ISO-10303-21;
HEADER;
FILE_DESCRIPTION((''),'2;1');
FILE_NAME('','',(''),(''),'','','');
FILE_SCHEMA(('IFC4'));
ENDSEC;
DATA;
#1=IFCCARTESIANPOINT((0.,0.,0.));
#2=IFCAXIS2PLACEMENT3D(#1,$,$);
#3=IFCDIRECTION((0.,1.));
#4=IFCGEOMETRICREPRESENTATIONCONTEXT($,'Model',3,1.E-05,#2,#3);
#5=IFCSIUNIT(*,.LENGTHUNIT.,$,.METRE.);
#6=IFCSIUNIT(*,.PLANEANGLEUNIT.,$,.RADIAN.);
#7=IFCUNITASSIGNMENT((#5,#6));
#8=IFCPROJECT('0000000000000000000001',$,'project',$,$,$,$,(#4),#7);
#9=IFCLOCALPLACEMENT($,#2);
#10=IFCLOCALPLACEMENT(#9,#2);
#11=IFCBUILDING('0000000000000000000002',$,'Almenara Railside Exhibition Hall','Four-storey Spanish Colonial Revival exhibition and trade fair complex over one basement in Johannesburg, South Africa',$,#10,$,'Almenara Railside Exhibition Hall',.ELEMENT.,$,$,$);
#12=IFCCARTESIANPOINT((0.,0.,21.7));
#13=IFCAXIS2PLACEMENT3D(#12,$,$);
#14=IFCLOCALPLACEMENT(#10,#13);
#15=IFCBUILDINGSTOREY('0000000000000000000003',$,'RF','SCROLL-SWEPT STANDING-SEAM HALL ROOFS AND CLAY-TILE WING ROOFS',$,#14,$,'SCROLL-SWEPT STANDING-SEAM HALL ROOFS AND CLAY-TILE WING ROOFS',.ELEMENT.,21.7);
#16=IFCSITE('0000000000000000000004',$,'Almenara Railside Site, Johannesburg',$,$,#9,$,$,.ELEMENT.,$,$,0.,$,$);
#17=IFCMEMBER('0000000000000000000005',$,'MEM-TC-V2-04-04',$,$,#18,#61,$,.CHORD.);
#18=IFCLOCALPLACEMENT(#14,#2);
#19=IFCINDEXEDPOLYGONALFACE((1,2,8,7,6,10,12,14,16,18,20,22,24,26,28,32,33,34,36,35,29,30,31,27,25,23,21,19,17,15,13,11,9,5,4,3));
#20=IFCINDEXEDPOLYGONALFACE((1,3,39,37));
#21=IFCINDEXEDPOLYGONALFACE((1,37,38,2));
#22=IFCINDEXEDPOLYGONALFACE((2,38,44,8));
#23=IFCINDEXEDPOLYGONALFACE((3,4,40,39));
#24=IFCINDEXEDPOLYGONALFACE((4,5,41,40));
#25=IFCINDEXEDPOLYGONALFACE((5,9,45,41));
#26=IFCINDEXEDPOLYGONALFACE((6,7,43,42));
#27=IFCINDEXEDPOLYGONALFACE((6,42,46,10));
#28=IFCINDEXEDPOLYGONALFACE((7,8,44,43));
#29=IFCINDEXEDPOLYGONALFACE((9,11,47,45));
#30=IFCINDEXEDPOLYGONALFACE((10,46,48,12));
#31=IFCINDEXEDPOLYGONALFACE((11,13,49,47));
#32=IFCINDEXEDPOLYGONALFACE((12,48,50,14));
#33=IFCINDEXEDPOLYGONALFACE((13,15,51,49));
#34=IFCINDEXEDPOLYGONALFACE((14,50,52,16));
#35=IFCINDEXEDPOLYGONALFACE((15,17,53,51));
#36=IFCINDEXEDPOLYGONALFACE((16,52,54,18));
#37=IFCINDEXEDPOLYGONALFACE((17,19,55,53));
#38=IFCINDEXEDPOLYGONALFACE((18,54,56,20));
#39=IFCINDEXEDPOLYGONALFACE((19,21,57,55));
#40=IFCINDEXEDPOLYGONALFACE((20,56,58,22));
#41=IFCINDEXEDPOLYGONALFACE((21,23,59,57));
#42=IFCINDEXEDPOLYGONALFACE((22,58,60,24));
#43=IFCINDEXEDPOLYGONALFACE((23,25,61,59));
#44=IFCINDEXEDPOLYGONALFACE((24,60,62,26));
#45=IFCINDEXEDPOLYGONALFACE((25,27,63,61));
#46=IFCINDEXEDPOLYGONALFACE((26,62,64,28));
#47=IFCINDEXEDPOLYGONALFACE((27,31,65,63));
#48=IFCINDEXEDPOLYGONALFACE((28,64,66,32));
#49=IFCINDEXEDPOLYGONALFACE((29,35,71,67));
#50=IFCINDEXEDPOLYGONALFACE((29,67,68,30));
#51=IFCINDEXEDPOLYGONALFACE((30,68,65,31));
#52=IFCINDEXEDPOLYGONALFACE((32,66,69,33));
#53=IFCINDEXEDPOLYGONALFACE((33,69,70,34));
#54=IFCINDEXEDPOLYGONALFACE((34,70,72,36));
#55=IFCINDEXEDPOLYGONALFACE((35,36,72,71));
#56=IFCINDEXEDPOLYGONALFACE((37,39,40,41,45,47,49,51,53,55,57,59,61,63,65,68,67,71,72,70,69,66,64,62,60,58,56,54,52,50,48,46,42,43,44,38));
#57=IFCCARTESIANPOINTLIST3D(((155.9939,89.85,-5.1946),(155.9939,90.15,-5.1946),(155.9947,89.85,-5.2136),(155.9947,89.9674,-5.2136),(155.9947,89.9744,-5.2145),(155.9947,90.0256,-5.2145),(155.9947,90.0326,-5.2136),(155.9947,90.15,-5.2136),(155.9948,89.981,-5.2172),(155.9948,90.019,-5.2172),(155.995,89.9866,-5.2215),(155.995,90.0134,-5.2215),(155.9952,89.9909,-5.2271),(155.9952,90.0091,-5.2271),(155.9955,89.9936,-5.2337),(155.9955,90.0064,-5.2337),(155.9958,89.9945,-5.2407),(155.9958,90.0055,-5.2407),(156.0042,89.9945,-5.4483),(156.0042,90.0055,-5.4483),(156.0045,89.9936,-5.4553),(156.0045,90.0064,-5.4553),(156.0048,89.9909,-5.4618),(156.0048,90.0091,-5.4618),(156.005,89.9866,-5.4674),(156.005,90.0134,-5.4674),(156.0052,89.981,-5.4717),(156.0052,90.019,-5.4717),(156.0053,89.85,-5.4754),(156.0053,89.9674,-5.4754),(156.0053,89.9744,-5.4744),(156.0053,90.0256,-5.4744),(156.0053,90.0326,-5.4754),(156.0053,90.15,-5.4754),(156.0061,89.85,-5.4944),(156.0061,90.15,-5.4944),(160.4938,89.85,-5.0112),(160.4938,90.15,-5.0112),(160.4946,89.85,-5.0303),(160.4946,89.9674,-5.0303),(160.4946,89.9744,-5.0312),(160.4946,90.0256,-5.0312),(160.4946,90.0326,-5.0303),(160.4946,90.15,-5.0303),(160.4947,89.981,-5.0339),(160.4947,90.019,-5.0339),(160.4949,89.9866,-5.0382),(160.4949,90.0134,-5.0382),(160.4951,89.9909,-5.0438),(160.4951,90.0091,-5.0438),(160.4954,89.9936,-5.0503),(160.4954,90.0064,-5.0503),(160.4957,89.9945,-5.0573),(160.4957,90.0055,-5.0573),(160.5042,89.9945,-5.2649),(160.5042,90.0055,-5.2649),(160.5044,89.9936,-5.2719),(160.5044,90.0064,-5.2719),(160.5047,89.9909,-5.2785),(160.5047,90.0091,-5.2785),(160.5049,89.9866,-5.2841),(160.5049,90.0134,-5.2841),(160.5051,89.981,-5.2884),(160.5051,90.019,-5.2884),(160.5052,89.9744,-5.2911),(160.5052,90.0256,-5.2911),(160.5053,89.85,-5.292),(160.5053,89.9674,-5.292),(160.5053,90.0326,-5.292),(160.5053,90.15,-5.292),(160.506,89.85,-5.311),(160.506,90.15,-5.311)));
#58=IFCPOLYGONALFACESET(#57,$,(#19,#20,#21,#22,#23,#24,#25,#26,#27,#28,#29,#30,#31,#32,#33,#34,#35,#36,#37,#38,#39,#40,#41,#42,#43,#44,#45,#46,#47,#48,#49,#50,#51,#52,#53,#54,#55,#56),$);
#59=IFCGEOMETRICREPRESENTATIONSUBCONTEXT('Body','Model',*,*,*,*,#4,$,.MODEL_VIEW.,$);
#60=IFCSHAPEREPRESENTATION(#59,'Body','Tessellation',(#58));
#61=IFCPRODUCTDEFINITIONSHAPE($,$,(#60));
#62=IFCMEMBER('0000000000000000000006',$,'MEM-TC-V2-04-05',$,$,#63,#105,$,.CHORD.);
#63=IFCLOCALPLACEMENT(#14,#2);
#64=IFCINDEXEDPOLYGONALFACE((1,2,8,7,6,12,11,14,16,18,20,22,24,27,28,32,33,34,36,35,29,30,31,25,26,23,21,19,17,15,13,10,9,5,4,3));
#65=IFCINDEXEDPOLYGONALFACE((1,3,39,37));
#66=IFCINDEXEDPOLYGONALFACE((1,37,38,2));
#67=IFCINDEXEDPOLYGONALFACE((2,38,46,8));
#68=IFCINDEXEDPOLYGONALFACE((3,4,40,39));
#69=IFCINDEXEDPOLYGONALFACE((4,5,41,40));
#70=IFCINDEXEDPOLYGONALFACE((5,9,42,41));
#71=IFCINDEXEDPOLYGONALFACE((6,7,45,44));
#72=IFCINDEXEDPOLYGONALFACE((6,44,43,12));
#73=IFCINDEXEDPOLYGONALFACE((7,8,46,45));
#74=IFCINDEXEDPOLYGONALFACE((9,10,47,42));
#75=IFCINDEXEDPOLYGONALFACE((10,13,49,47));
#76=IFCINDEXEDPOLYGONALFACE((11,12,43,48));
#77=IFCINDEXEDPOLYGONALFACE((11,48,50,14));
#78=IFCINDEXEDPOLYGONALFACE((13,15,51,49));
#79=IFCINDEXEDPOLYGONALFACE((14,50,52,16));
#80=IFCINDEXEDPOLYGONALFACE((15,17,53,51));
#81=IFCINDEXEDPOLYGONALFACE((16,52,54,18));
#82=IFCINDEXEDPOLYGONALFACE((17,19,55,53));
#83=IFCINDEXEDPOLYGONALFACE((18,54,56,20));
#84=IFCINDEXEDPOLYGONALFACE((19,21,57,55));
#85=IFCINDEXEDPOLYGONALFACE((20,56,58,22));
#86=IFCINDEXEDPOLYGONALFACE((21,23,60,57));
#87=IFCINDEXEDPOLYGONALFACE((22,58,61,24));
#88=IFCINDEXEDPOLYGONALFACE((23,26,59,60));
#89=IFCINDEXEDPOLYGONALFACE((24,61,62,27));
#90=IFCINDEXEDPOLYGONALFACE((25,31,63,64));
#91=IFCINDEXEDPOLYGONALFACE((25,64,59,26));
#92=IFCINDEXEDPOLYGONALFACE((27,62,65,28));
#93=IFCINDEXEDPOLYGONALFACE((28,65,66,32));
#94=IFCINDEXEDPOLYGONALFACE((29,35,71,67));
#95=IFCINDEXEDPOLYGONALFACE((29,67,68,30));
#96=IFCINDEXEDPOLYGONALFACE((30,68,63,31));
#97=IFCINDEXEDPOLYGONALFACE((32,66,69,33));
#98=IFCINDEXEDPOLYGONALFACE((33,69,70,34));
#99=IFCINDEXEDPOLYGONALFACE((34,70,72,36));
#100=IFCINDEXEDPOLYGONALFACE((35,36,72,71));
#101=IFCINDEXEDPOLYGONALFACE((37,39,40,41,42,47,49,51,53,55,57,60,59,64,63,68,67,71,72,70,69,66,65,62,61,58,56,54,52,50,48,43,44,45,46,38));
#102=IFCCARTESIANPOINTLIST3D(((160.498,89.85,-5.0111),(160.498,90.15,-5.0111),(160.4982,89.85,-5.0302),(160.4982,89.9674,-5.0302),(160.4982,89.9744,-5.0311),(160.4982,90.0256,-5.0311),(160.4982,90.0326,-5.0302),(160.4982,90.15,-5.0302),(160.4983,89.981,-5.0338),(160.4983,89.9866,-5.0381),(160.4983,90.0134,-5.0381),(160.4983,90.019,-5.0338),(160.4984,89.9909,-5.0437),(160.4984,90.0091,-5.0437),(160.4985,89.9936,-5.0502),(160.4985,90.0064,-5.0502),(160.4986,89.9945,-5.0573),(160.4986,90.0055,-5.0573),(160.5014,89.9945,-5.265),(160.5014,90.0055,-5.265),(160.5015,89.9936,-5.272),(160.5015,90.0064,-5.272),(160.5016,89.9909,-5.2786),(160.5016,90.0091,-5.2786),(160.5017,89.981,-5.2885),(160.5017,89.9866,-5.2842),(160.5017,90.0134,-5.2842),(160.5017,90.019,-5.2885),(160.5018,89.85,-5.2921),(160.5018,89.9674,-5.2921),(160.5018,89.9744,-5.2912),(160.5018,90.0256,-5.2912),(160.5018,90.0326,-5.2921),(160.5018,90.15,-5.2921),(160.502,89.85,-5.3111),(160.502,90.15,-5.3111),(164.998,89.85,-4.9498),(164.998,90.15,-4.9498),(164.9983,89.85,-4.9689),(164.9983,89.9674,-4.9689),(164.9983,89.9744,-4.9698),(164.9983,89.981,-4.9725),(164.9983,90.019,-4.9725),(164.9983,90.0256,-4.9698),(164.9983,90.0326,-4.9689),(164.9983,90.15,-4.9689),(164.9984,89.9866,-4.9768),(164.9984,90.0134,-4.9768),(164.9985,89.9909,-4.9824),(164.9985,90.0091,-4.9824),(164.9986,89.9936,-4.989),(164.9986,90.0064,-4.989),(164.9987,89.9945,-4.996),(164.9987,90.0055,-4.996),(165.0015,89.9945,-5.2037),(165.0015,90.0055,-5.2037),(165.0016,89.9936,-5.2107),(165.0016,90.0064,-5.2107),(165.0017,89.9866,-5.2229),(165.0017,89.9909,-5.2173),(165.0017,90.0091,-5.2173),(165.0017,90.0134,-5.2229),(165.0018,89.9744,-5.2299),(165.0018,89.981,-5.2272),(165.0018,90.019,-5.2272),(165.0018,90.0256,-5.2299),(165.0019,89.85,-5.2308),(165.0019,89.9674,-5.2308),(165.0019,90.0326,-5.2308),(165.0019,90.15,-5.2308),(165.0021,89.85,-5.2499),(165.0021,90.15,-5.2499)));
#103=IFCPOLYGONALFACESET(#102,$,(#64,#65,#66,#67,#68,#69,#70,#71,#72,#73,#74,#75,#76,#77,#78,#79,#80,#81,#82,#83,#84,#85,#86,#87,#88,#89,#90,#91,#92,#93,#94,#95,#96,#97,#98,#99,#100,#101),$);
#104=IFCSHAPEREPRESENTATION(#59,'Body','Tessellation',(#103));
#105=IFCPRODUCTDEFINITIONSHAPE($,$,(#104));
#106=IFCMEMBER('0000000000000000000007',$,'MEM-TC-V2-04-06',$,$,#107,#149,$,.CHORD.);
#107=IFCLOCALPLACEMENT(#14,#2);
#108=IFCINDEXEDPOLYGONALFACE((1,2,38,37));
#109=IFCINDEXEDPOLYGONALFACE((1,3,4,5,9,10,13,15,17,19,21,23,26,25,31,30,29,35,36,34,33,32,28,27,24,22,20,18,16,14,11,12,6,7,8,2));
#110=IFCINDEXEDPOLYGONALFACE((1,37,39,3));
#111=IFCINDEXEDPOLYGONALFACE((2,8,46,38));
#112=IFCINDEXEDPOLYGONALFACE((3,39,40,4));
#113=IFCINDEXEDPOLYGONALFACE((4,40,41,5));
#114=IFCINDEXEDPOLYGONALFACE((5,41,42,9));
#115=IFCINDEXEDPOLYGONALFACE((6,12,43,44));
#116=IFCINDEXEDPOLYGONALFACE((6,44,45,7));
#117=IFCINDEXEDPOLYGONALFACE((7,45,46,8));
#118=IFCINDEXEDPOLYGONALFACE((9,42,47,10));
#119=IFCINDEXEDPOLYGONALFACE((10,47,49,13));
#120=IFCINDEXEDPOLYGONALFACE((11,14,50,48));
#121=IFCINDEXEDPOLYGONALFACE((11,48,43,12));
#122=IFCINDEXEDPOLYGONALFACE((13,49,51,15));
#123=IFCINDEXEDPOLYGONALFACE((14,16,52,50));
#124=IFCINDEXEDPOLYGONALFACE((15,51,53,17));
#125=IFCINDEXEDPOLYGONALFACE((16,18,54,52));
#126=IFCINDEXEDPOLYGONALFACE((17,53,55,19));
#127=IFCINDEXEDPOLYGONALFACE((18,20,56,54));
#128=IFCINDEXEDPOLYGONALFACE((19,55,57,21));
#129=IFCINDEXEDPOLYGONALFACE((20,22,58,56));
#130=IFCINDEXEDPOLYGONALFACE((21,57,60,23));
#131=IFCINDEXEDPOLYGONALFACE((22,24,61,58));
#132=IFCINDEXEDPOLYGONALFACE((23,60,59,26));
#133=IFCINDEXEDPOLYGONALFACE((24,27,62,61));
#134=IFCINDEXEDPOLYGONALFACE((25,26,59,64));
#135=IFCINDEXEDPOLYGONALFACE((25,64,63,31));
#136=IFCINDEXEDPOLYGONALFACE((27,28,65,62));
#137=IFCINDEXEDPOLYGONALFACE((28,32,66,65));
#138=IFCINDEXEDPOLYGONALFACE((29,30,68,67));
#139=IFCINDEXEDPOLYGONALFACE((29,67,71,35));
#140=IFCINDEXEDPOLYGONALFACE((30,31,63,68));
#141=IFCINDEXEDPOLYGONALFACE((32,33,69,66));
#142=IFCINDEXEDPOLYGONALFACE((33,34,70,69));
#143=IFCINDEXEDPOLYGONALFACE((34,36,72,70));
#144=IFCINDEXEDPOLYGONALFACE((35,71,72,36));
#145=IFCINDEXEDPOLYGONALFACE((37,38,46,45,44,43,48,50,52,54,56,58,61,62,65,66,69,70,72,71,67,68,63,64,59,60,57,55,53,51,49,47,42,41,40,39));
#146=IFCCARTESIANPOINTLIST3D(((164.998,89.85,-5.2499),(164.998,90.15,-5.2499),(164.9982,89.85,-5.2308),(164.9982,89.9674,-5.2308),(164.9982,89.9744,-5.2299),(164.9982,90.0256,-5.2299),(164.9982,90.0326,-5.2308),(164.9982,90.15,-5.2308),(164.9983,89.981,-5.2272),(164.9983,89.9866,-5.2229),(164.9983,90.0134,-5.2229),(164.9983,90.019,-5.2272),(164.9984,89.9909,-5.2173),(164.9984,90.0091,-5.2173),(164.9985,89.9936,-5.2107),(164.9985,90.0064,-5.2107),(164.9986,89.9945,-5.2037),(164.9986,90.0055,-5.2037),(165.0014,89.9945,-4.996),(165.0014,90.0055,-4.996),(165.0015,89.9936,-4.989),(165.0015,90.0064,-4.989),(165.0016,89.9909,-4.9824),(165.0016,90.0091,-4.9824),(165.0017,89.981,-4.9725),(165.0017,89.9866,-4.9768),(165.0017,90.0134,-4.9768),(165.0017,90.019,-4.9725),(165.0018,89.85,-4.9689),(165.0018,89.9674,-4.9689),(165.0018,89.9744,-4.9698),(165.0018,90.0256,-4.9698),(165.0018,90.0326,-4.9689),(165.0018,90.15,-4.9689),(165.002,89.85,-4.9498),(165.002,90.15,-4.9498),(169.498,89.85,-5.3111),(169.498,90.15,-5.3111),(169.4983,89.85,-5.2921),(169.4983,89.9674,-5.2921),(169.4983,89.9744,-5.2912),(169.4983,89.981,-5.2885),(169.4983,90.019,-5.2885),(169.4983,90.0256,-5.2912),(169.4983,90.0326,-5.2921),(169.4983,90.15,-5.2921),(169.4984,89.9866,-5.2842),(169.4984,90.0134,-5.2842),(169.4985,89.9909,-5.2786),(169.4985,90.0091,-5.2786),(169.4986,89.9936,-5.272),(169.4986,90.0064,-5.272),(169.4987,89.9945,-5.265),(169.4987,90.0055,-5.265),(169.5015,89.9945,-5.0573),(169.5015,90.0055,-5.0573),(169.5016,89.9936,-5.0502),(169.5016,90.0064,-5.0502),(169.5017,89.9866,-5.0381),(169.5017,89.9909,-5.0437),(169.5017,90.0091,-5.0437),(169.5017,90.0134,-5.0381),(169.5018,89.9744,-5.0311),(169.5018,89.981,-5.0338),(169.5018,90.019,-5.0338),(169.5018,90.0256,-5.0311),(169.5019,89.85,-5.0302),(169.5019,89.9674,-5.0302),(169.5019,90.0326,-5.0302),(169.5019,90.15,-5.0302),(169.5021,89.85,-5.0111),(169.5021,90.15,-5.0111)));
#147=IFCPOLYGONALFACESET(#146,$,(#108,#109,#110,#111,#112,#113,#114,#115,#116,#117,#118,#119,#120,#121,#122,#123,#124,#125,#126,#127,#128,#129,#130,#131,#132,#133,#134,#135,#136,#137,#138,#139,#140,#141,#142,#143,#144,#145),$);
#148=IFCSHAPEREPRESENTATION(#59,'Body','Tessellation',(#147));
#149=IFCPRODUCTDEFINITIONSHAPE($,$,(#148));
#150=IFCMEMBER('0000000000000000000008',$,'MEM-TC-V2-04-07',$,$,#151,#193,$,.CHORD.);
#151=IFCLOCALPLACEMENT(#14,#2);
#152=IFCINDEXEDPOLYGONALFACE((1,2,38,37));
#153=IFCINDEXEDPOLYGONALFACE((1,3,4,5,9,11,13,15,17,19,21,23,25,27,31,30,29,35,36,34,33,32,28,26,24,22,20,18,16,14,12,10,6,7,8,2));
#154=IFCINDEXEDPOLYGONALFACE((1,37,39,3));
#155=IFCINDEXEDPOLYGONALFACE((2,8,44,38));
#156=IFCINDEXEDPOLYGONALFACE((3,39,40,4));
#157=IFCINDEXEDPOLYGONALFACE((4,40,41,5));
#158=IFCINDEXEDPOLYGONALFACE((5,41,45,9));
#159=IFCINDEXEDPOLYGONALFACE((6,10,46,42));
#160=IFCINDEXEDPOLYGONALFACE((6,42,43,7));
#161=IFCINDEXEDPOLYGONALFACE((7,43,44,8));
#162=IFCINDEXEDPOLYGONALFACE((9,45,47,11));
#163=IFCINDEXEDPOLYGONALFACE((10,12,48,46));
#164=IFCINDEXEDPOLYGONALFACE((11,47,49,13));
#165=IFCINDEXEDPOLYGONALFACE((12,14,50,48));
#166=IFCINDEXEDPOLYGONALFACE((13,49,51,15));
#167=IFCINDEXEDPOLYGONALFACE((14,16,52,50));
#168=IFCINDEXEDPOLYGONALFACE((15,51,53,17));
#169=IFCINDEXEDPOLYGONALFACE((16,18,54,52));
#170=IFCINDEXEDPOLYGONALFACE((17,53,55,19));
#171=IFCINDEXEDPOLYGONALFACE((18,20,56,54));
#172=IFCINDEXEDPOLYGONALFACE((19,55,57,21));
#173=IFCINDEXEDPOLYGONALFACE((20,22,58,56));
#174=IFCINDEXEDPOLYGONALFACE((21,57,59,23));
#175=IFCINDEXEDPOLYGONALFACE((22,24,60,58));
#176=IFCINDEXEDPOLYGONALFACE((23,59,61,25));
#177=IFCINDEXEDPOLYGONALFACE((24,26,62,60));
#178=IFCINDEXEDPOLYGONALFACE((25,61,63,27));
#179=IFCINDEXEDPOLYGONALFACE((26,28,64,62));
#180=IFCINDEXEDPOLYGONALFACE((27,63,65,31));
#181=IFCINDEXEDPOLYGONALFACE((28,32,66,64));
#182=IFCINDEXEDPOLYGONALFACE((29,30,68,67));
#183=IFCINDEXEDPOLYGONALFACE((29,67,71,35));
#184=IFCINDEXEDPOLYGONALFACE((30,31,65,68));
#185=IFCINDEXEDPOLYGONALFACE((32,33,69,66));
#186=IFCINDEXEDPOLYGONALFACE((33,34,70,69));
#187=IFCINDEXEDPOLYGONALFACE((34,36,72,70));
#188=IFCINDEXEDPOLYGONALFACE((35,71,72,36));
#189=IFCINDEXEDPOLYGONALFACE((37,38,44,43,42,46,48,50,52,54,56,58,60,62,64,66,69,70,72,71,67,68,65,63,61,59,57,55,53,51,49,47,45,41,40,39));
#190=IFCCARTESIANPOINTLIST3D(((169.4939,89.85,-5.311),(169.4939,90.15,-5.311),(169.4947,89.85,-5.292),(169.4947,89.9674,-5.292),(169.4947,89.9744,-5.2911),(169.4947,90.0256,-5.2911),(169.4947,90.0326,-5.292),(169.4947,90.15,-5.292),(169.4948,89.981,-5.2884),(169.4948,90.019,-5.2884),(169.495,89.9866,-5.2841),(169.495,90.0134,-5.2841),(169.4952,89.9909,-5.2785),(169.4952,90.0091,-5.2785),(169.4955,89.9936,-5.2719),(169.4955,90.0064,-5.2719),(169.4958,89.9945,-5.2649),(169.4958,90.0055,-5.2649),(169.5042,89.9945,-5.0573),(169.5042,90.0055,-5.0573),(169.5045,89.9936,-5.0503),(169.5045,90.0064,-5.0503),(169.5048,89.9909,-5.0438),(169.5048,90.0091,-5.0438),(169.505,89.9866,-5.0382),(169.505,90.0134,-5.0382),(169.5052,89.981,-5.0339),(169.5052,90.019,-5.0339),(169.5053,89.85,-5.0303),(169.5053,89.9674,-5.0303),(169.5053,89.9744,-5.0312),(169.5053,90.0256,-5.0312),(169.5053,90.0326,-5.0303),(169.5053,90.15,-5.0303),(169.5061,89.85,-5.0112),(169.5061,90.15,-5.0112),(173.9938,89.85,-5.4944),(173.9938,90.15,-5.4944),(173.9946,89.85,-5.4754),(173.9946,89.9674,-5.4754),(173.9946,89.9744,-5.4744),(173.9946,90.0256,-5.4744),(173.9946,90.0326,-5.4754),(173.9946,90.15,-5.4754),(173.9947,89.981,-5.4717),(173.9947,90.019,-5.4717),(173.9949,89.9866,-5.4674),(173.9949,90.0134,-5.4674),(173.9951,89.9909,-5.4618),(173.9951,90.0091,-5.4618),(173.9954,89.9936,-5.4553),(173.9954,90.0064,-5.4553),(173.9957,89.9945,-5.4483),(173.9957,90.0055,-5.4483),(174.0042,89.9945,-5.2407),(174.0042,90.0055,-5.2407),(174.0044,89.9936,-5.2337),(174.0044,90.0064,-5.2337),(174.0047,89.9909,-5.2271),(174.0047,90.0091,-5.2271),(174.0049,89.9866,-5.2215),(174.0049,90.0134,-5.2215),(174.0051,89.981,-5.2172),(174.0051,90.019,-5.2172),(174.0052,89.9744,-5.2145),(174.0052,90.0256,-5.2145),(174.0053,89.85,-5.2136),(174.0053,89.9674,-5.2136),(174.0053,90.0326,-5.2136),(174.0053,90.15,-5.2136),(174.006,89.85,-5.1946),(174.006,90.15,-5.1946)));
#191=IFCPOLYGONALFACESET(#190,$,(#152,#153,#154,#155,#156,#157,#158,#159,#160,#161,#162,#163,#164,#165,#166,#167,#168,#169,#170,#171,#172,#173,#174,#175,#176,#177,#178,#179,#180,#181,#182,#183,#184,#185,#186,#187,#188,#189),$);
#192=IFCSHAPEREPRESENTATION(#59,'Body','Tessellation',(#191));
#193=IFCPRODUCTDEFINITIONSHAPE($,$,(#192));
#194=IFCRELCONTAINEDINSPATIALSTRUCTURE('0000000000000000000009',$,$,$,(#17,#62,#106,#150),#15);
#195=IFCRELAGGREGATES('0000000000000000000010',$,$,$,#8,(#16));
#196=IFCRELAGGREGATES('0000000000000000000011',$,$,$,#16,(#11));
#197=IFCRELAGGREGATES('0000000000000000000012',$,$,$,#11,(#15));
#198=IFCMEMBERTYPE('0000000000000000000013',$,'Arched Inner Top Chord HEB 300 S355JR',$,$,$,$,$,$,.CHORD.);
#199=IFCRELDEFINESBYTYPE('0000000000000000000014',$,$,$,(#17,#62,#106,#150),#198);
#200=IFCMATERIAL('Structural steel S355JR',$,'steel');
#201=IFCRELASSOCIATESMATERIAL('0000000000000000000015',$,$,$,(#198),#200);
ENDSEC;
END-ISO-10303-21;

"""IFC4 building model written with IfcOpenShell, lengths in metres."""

from ifc_helpers import new_model, si_unit, direction, frame, origin, origin_2d, place, context, subcontext, project, spatial, i_section, extrude, material, material_profile, profile_set, type_object, element, save


model = new_model("IFC4")

# Units and contexts
model_context = context("Model", 3, precision=1e-05, world=origin(), true_north=direction((0.0, 1.0)))
body_context = subcontext(model_context, "Body", "Model", "MODEL_VIEW")
ifc_project = project(units=[si_unit("LENGTHUNIT", "METRE"), si_unit("PLANEANGLEUNIT", "RADIAN")], contexts=[model_context])

# Site, building, storey
site_placement = place(None, origin())
site = spatial("IfcSite", under=ifc_project, at=site_placement, Name="Almenara Railside Site, Johannesburg", CompositionType="ELEMENT", RefElevation=0.0)
building_placement = place(site_placement, origin())
building = spatial("IfcBuilding", under=site, at=building_placement, Name="Almenara Railside Exhibition Hall", Description="Four-storey Spanish Colonial Revival exhibition and trade fair complex over one basement in Johannesburg, South Africa", LongName="Almenara Railside Exhibition Hall", CompositionType="ELEMENT")
storey_placement = place(building_placement, frame((0.0, 0.0, 21.7)))
storey = spatial("IfcBuildingStorey", under=building, at=storey_placement, Name="RF", Description="SCROLL-SWEPT STANDING-SEAM HALL ROOFS AND CLAY-TILE WING ROOFS", LongName="SCROLL-SWEPT STANDING-SEAM HALL ROOFS AND CLAY-TILE WING ROOFS", CompositionType="ELEMENT", Elevation=21.7)

# Members
ifc_material_1 = material(Name="Structural steel S355JR", Category="steel")
ifc_material_profile_1 = material_profile(ifc_material_1, i_section(OverallWidth=0.3, OverallDepth=0.3, WebThickness=0.011, FlangeThickness=0.019, FilletRadius=0.0271, at=origin_2d()), Name="HEB 300")
ifc_profile_set_1 = profile_set([ifc_material_profile_1], Name="Structural steel S355JR")
member_type_1 = type_object("IfcMemberType", Name="Arched Inner Top Chord HEB 300 S355JR", PredefinedType="CHORD", material=ifc_profile_set_1)
member_1_placement = place(storey_placement, frame((156.0, 90.0, -5.3445), z_axis=(0.999171, 0.0, 0.040711), x_axis=(0.0, 1.0, 0.0)))
element("IfcMember", 1, at=member_1_placement, inside=storey, type_object=member_type_1, Name="MEM-TC-V2-04-04", PredefinedType="CHORD", context=body_context, shape_type="SweptSolid", body=[
    extrude(i_section(OverallWidth=0.3, OverallDepth=0.3, WebThickness=0.011, FlangeThickness=0.019, FilletRadius=0.0271, at=origin_2d()), origin(), (0.0, 0.0, 1.0), 4.5037),
])
for number, where, z_axis, x_axis, name in (
    (2, (160.5, 90.0, -5.1611), (0.999907, 0.0, 0.013616), (0.0, 1.0, 0.0), "MEM-TC-V2-04-05"),
    (3, (165.0, 90.0, -5.0999), (0.999907, 0.0, -0.013616), (0.0, 1.0, 0.0), "MEM-TC-V2-04-06"),
):
    element("IfcMember", number, at=place(storey_placement, frame(where, z_axis=z_axis, x_axis=x_axis)), inside=storey, type_object=member_type_1, Name=name, PredefinedType="CHORD", context=body_context, shape_type="SweptSolid", body=[
        extrude(i_section(OverallWidth=0.3, OverallDepth=0.3, WebThickness=0.011, FlangeThickness=0.019, FilletRadius=0.0271, at=origin_2d()), origin(), (0.0, 0.0, 1.0), 4.5005),
    ])
member_2_placement = place(storey_placement, frame((169.5, 90.0, -5.1611), z_axis=(0.999171, 0.0, -0.040711), x_axis=(0.0, 1.0, 0.0)))
element("IfcMember", 4, at=member_2_placement, inside=storey, type_object=member_type_1, Name="MEM-TC-V2-04-07", PredefinedType="CHORD", context=body_context, shape_type="SweptSolid", body=[
    extrude(i_section(OverallWidth=0.3, OverallDepth=0.3, WebThickness=0.011, FlangeThickness=0.019, FilletRadius=0.0271, at=origin_2d()), origin(), (0.0, 0.0, 1.0), 4.5037),
])

save(model, "model.ifc")
